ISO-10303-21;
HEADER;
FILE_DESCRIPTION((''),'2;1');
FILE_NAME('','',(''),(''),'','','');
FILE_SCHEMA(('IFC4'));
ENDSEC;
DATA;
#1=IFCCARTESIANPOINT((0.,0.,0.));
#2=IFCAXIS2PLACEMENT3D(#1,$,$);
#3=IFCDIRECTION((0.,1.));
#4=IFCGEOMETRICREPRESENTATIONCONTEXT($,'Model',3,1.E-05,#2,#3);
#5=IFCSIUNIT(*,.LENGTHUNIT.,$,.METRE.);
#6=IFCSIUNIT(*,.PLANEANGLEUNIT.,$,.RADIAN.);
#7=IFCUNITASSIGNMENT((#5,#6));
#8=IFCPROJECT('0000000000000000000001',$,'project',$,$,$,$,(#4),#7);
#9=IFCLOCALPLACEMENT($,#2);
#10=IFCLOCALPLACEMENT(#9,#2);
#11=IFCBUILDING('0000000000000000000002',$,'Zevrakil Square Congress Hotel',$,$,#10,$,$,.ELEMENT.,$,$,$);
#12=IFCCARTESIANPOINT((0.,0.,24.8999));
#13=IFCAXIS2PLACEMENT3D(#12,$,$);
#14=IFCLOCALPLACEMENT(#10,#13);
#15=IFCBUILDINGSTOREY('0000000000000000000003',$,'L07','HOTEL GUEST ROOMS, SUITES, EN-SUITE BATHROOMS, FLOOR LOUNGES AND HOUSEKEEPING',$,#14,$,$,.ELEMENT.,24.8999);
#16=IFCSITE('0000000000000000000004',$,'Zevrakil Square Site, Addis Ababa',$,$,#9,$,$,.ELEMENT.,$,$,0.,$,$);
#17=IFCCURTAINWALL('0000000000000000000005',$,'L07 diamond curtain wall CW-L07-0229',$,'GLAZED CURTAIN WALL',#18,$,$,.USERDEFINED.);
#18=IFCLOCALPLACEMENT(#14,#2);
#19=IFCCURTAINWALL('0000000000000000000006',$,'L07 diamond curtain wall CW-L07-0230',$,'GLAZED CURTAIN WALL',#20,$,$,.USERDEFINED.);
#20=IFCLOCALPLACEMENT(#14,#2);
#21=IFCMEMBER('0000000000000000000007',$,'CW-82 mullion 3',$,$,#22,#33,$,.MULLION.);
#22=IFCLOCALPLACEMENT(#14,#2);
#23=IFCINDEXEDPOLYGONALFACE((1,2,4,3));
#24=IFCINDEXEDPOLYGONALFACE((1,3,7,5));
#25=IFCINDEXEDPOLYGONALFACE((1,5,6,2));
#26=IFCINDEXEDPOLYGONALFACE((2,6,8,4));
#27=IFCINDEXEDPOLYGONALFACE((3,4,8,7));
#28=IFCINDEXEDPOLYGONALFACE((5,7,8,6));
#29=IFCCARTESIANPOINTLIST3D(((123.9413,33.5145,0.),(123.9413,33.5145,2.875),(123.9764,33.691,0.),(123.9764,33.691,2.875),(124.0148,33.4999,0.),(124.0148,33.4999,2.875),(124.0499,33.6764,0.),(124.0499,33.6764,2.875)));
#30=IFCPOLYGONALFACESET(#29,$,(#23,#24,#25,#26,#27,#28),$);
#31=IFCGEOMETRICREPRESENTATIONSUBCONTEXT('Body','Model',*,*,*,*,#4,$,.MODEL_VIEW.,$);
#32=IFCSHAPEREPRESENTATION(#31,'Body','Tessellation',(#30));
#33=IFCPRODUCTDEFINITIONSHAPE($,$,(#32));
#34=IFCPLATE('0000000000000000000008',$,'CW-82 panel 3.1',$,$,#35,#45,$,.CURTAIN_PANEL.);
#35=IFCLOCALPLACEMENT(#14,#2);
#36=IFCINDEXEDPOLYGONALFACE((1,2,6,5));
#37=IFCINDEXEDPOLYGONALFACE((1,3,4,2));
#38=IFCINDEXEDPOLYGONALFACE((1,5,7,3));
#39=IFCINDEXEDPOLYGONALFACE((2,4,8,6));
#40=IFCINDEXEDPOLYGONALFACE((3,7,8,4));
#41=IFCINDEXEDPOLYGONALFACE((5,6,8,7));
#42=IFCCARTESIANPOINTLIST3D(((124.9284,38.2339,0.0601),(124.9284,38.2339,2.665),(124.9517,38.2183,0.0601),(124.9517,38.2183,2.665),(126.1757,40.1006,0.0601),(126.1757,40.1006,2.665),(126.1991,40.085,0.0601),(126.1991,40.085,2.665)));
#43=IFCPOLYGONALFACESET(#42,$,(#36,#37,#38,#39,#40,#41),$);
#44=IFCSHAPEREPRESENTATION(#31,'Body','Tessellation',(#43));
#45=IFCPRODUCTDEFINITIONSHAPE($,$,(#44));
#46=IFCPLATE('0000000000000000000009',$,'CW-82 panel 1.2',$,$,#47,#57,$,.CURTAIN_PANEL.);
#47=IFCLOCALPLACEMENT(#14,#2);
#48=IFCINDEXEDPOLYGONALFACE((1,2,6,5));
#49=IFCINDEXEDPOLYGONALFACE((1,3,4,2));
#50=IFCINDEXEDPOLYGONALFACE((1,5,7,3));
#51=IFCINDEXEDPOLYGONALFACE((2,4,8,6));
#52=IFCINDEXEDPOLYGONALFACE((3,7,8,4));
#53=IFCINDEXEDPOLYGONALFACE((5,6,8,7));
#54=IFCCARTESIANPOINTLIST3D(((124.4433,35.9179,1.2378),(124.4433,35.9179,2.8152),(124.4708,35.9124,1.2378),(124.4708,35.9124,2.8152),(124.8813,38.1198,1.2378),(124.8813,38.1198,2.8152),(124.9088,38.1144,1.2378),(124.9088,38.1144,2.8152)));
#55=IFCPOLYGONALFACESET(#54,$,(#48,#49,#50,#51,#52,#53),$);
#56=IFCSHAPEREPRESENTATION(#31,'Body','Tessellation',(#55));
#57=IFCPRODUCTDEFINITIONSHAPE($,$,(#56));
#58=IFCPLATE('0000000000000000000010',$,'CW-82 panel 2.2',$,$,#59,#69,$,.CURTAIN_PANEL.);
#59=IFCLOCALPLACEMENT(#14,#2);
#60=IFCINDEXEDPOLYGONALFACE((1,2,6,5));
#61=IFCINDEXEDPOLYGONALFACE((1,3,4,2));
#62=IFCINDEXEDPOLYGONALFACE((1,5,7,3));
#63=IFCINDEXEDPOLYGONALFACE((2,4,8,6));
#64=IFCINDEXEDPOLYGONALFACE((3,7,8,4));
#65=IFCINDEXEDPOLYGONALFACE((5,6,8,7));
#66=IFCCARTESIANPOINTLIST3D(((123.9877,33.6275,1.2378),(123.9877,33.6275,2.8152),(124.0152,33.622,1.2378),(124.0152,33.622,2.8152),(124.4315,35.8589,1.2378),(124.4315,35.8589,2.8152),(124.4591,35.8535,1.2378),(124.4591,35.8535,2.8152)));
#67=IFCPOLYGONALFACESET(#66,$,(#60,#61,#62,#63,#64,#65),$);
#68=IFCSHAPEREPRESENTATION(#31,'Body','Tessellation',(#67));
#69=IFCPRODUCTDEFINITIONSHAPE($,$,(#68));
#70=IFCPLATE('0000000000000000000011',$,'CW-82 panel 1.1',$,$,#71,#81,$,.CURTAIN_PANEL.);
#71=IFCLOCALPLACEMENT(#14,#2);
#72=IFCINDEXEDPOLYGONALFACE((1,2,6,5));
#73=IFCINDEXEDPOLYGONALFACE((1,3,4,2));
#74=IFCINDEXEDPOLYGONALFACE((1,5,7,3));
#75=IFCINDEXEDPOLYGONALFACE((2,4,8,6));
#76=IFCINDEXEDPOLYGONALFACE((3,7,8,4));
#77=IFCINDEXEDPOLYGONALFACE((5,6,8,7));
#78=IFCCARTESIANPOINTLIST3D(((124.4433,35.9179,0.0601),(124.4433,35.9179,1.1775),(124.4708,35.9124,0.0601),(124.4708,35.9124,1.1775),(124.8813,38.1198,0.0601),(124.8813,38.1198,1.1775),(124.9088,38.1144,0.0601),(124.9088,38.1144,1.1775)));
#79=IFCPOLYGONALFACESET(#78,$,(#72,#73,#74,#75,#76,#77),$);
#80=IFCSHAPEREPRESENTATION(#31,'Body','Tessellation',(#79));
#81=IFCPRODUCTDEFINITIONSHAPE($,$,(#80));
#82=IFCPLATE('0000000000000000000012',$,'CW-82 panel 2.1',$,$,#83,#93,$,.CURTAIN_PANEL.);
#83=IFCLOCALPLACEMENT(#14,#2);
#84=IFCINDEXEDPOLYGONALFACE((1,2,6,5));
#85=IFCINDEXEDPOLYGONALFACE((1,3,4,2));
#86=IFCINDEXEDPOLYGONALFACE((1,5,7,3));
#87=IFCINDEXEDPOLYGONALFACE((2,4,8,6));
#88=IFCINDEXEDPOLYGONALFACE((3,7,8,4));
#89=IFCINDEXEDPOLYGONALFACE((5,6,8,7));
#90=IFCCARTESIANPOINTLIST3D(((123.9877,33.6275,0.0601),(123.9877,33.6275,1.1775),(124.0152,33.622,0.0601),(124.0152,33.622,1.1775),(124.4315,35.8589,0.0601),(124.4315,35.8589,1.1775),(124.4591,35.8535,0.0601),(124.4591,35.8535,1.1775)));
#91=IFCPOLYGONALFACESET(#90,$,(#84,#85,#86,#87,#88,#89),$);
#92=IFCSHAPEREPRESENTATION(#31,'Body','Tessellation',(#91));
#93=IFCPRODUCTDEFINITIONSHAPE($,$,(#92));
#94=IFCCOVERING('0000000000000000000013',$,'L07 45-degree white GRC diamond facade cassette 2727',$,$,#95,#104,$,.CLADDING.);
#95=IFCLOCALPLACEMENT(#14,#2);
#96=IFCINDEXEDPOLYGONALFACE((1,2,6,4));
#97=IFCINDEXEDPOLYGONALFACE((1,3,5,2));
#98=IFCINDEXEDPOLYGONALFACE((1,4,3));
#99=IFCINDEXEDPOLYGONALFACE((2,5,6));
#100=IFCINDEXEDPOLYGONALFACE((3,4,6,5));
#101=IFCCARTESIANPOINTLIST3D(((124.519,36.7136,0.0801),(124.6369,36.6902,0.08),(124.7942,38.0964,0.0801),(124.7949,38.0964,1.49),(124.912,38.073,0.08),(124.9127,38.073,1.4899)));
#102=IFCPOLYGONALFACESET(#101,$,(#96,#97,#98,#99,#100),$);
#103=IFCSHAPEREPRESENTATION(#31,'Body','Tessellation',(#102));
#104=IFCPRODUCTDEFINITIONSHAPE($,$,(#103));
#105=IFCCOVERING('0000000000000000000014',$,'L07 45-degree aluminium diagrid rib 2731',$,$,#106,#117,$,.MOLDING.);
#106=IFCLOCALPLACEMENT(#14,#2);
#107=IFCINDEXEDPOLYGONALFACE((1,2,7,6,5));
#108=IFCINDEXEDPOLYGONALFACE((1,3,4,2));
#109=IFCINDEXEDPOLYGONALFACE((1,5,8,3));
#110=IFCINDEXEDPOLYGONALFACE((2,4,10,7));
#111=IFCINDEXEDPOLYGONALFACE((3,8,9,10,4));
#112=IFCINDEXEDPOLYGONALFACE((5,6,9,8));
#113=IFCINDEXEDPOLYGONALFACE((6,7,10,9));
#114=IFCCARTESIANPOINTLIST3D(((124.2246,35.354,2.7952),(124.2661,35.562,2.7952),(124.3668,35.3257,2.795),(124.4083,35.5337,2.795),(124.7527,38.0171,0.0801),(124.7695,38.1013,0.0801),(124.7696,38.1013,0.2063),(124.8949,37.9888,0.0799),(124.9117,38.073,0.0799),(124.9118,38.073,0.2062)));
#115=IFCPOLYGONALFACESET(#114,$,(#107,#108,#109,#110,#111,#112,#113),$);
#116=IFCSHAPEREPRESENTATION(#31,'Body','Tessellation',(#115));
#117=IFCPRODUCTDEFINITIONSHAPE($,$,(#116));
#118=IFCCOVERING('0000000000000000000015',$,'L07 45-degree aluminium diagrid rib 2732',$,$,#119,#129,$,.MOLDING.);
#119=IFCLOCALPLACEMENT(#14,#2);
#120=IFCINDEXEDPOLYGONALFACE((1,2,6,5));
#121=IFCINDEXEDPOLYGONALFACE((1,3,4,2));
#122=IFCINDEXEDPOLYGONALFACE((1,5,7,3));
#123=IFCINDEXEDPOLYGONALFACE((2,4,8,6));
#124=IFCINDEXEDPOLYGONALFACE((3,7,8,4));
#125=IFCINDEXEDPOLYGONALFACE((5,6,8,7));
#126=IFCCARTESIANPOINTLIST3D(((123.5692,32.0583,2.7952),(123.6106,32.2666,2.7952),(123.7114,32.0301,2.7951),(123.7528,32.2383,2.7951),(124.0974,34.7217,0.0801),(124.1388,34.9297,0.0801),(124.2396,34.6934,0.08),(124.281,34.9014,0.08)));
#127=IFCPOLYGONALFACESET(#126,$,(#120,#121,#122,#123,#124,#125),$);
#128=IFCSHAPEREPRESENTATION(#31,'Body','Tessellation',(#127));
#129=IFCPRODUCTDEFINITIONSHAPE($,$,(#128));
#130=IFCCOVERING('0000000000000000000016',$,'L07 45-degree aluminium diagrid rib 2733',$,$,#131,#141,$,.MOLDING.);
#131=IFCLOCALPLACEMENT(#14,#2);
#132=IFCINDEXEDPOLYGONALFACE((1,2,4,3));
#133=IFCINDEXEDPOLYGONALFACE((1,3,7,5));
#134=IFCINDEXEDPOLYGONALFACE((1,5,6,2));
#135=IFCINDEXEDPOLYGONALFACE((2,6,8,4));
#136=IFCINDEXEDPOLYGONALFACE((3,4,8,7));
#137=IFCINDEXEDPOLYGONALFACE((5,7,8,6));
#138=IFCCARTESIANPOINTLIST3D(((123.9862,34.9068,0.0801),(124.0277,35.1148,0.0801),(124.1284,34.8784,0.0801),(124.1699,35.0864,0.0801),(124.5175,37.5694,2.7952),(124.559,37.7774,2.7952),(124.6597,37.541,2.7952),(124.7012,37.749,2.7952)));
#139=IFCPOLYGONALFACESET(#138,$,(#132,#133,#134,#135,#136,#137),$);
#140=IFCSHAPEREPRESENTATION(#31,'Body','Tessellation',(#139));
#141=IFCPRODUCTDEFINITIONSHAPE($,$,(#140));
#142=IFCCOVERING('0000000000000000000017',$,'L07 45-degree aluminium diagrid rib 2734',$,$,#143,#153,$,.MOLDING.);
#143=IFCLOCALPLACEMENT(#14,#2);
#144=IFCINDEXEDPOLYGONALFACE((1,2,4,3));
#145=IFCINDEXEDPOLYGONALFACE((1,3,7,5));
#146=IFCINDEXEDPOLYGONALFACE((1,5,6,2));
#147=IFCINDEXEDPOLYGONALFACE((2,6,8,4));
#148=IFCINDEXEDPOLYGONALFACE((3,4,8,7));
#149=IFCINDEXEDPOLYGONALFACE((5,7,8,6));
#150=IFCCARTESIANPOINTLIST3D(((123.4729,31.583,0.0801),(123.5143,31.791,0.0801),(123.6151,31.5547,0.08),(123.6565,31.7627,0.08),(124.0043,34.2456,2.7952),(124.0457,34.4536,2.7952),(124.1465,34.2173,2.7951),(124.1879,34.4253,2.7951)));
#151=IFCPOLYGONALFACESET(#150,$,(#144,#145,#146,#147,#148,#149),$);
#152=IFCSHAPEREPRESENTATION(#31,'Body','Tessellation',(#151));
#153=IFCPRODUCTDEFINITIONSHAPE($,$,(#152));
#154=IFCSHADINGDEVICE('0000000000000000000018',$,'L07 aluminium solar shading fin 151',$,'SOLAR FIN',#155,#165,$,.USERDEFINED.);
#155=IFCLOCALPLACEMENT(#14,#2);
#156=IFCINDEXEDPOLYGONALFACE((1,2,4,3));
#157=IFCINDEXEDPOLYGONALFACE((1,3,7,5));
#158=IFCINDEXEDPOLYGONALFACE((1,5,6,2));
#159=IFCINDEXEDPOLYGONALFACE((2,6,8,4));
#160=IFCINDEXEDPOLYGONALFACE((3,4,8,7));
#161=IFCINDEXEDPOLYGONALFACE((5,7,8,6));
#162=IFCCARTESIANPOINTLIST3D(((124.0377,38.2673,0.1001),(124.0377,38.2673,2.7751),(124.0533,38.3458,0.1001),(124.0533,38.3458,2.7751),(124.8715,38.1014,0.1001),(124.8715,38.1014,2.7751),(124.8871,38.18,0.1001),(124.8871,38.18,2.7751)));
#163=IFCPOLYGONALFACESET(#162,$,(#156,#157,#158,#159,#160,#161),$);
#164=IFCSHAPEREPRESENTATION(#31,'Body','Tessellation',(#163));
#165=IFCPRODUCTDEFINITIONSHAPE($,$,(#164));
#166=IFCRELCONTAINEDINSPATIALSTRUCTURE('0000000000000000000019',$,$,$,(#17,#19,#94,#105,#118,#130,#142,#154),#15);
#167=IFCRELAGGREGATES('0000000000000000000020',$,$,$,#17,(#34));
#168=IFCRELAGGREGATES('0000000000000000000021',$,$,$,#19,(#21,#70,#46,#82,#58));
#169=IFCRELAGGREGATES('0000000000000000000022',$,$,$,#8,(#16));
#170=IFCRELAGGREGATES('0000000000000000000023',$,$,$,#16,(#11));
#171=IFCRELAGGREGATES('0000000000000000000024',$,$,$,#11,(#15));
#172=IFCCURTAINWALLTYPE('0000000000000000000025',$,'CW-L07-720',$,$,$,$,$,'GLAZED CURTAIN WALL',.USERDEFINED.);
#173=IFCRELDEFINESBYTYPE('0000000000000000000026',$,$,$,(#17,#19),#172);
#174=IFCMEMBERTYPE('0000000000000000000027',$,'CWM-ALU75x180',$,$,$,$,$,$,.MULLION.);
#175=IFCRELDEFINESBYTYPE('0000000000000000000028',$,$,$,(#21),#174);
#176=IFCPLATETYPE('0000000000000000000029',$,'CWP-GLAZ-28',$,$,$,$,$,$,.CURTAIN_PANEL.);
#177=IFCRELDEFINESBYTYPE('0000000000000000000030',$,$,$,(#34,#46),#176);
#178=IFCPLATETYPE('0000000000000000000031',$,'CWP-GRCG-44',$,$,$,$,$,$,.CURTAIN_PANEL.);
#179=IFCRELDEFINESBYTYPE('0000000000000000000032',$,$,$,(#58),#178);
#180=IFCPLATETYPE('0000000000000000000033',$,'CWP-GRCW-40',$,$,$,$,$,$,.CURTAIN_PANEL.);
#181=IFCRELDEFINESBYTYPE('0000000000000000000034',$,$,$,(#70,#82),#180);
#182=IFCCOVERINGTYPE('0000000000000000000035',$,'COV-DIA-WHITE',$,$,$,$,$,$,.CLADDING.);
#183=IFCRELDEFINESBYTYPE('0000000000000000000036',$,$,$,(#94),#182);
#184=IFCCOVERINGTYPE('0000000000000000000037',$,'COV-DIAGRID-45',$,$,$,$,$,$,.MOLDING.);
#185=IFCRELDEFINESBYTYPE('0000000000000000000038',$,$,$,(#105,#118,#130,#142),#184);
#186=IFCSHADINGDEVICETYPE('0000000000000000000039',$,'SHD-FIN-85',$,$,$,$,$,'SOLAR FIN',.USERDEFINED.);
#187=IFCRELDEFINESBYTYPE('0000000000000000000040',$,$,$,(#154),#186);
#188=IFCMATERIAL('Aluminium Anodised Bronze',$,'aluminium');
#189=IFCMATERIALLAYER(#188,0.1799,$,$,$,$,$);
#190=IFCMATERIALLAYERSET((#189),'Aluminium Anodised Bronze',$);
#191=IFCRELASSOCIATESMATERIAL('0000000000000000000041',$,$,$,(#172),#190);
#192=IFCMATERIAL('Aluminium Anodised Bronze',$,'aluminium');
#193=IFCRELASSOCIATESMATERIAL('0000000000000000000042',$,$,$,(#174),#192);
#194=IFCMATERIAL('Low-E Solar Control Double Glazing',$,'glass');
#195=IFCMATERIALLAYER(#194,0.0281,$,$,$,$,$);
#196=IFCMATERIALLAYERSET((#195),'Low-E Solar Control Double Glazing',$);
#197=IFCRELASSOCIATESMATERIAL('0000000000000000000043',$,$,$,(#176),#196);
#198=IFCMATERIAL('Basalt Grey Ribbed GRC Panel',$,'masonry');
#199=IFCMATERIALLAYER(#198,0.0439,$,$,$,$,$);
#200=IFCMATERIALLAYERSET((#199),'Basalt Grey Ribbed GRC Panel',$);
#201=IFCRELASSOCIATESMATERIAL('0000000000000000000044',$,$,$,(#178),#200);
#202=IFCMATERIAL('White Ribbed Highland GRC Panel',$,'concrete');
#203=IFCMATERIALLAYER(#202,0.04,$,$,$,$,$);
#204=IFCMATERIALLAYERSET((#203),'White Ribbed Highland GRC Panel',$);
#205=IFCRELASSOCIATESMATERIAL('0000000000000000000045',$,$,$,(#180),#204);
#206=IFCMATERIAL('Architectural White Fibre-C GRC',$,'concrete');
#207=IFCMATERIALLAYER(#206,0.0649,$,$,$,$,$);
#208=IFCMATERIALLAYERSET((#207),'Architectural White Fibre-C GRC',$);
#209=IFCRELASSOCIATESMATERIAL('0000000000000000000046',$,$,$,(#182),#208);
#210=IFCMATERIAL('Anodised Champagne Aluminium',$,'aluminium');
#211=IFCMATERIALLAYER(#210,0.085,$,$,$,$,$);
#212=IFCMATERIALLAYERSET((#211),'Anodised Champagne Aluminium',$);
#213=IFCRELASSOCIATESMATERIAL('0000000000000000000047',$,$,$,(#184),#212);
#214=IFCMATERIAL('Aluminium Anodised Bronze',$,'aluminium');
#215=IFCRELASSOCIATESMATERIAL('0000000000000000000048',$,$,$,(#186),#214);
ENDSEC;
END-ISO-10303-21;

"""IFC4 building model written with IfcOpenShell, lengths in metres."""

from ifc_helpers import new_model, si_unit, direction, frame, origin, origin_2d, place, context, subcontext, project, spatial, polyline, rectangle, outline, extrude, material, layer, layer_set, material_profile, profile_set, type_object, element, aggregate, save


model = new_model("IFC4")

# Units and contexts
model_context = context("Model", 3, precision=1e-05, world=origin(), true_north=direction((0.0, 1.0)))
body_context = subcontext(model_context, "Body", "Model", "MODEL_VIEW")
ifc_project = project(units=[si_unit("LENGTHUNIT", "METRE"), si_unit("PLANEANGLEUNIT", "RADIAN")], contexts=[model_context])

# Site, building, storey
site_placement = place(None, origin())
site = spatial("IfcSite", under=ifc_project, at=site_placement, Name="Zevrakil Square Site, Addis Ababa", CompositionType="ELEMENT", RefElevation=0.0)
building_placement = place(site_placement, origin())
building = spatial("IfcBuilding", under=site, at=building_placement, Name="Zevrakil Square Congress Hotel", CompositionType="ELEMENT")
storey_placement = place(building_placement, frame((0.0, 0.0, 24.8999)))
storey = spatial("IfcBuildingStorey", under=building, at=storey_placement, Name="L07", Description="HOTEL GUEST ROOMS, SUITES, EN-SUITE BATHROOMS, FLOOR LOUNGES AND HOUSEKEEPING", CompositionType="ELEMENT", Elevation=24.8999)

# Curtain walls
ifc_material_1 = material(Name="Aluminium Anodised Bronze", Category="aluminium")
ifc_layer_1 = layer(ifc_material_1, 0.1799)
ifc_layer_set_1 = layer_set([ifc_layer_1], Name="Aluminium Anodised Bronze")
curtain_wall_type = type_object("IfcCurtainWallType", Name="CW-L07-720", ElementType="GLAZED CURTAIN WALL", PredefinedType="USERDEFINED", material=ifc_layer_set_1)
curtain_wall_1_placement = place(storey_placement, origin())
curtain_wall_1 = element("IfcCurtainWall", 1, at=curtain_wall_1_placement, inside=storey, type_object=curtain_wall_type, Name="L07 diamond curtain wall CW-L07-0229", ObjectType="GLAZED CURTAIN WALL", PredefinedType="USERDEFINED")
curtain_wall_2_placement = place(storey_placement, origin())
curtain_wall_2 = element("IfcCurtainWall", 2, at=curtain_wall_2_placement, inside=storey, type_object=curtain_wall_type, Name="L07 diamond curtain wall CW-L07-0230", ObjectType="GLAZED CURTAIN WALL", PredefinedType="USERDEFINED")

# Member
ifc_material_2 = material(Name="Aluminium Anodised Bronze", Category="aluminium")
ifc_material_profile_1 = material_profile(ifc_material_2, rectangle(XDim=0.075, YDim=0.1799, at=origin_2d()), Name="ALU 75x180")
ifc_profile_set_1 = profile_set([ifc_material_profile_1], Name="Aluminium Anodised Bronze")
member_type_1 = type_object("IfcMemberType", Name="CWM-ALU75x180", PredefinedType="MULLION", material=ifc_profile_set_1)
member_1_placement = place(storey_placement, frame((123.9956, 33.5955, 0.0), z_axis=(0.0, 0.0, 1.0), x_axis=(0.980787, -0.195084, 0.0)))
member_1 = element("IfcMember", 3, at=member_1_placement, type_object=member_type_1, Name="CW-82 mullion 3", PredefinedType="MULLION", context=body_context, shape_type="SweptSolid", body=[
    extrude(rectangle(XDim=0.075, YDim=0.1799, at=origin_2d()), origin(), (0.0, 0.0, 1.0), 2.875),
])

# Plates
ifc_material_3 = material(Name="Low-E Solar Control Double Glazing", Category="glass")
ifc_layer_2 = layer(ifc_material_3, 0.0281)
ifc_layer_set_2 = layer_set([ifc_layer_2], Name="Low-E Solar Control Double Glazing")
plate_type_1 = type_object("IfcPlateType", Name="CWP-GLAZ-28", PredefinedType="CURTAIN_PANEL", material=ifc_layer_set_2)
plate_1_placement = place(storey_placement, frame((125.5637, 39.1594, 0.0601), z_axis=(0.0, 0.0, 1.0), x_axis=(-0.555576, -0.831466, 0.0)))
plate_1 = element("IfcPlate", 4, at=plate_1_placement, type_object=plate_type_1, Name="CW-82 panel 3.1", PredefinedType="CURTAIN_PANEL", context=body_context, shape_type="SweptSolid", body=[
    extrude(rectangle(XDim=2.2451, YDim=0.0281, at=origin_2d()), origin(), (0.0, 0.0, 1.0), 2.605),
])
aggregate(curtain_wall_1, [plate_1])
plate_2_placement = place(storey_placement, frame((124.676, 37.0161, 1.2378), z_axis=(0.0, 0.0, 1.0), x_axis=(-0.195084, -0.980787, 0.0)))
plate_2 = element("IfcPlate", 5, at=plate_2_placement, type_object=plate_type_1, Name="CW-82 panel 1.2", PredefinedType="CURTAIN_PANEL", context=body_context, shape_type="SweptSolid", body=[
    extrude(rectangle(XDim=2.2451, YDim=0.0281, at=origin_2d()), origin(), (0.0, 0.0, 1.0), 1.5774),
])
ifc_material_4 = material(Name="Basalt Grey Ribbed GRC Panel", Category="masonry")
ifc_layer_3 = layer(ifc_material_4, 0.0439)
ifc_layer_set_3 = layer_set([ifc_layer_3], Name="Basalt Grey Ribbed GRC Panel")
plate_type_2 = type_object("IfcPlateType", Name="CWP-GRCG-44", PredefinedType="CURTAIN_PANEL", material=ifc_layer_set_3)
plate_3_placement = place(storey_placement, frame((124.2234, 34.7405, 1.2378), z_axis=(0.0, 0.0, 1.0), x_axis=(-0.195084, -0.980787, 0.0)))
plate_3 = element("IfcPlate", 6, at=plate_3_placement, type_object=plate_type_2, Name="CW-82 panel 2.2", PredefinedType="CURTAIN_PANEL", context=body_context, shape_type="SweptSolid", body=[
    extrude(rectangle(XDim=2.2751, YDim=0.0281, at=origin_2d()), origin(), (0.0, 0.0, 1.0), 1.5774),
])
ifc_material_5 = material(Name="White Ribbed Highland GRC Panel", Category="concrete")
ifc_layer_4 = layer(ifc_material_5, 0.04)
ifc_layer_set_4 = layer_set([ifc_layer_4], Name="White Ribbed Highland GRC Panel")
plate_type_3 = type_object("IfcPlateType", Name="CWP-GRCW-40", PredefinedType="CURTAIN_PANEL", material=ifc_layer_set_4)
plate_4_placement = place(storey_placement, frame((124.676, 37.0161, 0.0601), z_axis=(0.0, 0.0, 1.0), x_axis=(-0.195084, -0.980787, 0.0)))
plate_4 = element("IfcPlate", 7, at=plate_4_placement, type_object=plate_type_3, Name="CW-82 panel 1.1", PredefinedType="CURTAIN_PANEL", context=body_context, shape_type="SweptSolid", body=[
    extrude(rectangle(XDim=2.2451, YDim=0.0281, at=origin_2d()), origin(), (0.0, 0.0, 1.0), 1.1174),
])
plate_5_placement = place(storey_placement, frame((124.2234, 34.7405, 0.0601), z_axis=(0.0, 0.0, 1.0), x_axis=(-0.195084, -0.980787, 0.0)))
plate_5 = element("IfcPlate", 8, at=plate_5_placement, type_object=plate_type_3, Name="CW-82 panel 2.1", PredefinedType="CURTAIN_PANEL", context=body_context, shape_type="SweptSolid", body=[
    extrude(rectangle(XDim=2.2751, YDim=0.0281, at=origin_2d()), origin(), (0.0, 0.0, 1.0), 1.1174),
])
aggregate(curtain_wall_2, [member_1, plate_4, plate_2, plate_5, plate_3])

# Coverings
ifc_material_6 = material(Name="Architectural White Fibre-C GRC", Category="concrete")
ifc_layer_5 = layer(ifc_material_6, 0.0649)
ifc_layer_set_5 = layer_set([ifc_layer_5], Name="Architectural White Fibre-C GRC")
covering_type_1 = type_object("IfcCoveringType", Name="COV-DIA-WHITE", PredefinedType="CLADDING", material=ifc_layer_set_5)
covering_1_placement = place(storey_placement, frame((124.519, 36.7136, 0.0801), z_axis=(-0.980773, 0.19515, 0.000509), x_axis=(0.19515, 0.980773, 0.0)))
element("IfcCovering", 9, at=covering_1_placement, inside=storey, type_object=covering_type_1, Name="L07 45-degree white GRC diamond facade cassette 2727", PredefinedType="CLADDING", context=body_context, shape_type="SweptSolid", body=[
    extrude(outline(polyline([(0.0, 0.0), (1.4099, 0.0), (1.4101, -1.4099), (0.0, 0.0)])), origin(), (0.0, 0.0, -1.0), 0.1201),
])
ifc_material_7 = material(Name="Anodised Champagne Aluminium", Category="aluminium")
ifc_layer_6 = layer(ifc_material_7, 0.085)
ifc_layer_set_6 = layer_set([ifc_layer_6], Name="Anodised Champagne Aluminium")
covering_type_2 = type_object("IfcCoveringType", Name="COV-DIAGRID-45", PredefinedType="MOLDING", material=ifc_layer_set_6)
covering_2_placement = place(storey_placement, frame((124.7527, 38.0171, 0.0801), z_axis=(-0.98072, 0.195417, 0.000932), x_axis=(0.195417, 0.98072, 0.000001)))
element("IfcCovering", 10, at=covering_2_placement, inside=storey, type_object=covering_type_2, Name="L07 45-degree aluminium diagrid rib 2731", PredefinedType="MOLDING", context=body_context, shape_type="SweptSolid", body=[
    extrude(outline(polyline([(0.0, 0.0), (0.0859, 0.0), (0.0859, -0.1262), (-2.5028, -2.7151), (-2.7149, -2.7151), (0.0, 0.0)])), origin(), (0.0, 0.0, -1.0), 0.145),
])
covering_3_placement = place(storey_placement, frame((124.0974, 34.7217, 0.0801), z_axis=(-0.980801, 0.19501, 0.000477), x_axis=(0.19501, 0.980801, 0.0)))
element("IfcCovering", 11, at=covering_3_placement, inside=storey, type_object=covering_type_2, Name="L07 45-degree aluminium diagrid rib 2732", PredefinedType="MOLDING", context=body_context, shape_type="SweptSolid", body=[
    extrude(outline(polyline([(0.0, 0.0), (0.2121, 0.0), (-2.5029, -2.7151), (-2.7152, -2.7151), (0.0, 0.0)])), origin(), (0.0, 0.0, -1.0), 0.145),
])
covering_4_placement = place(storey_placement, frame((124.7012, 37.749, 2.7952), z_axis=(0.980669, -0.195673, 0.000007), x_axis=(-0.195673, -0.980669, 0.0)))
element("IfcCovering", 12, at=covering_4_placement, inside=storey, type_object=covering_type_2, Name="L07 45-degree aluminium diagrid rib 2733", PredefinedType="MOLDING", context=body_context, shape_type="SweptSolid", body=[
    extrude(outline(polyline([(0.0, 0.0), (0.2121, 0.0), (2.9272, 2.7151), (2.7151, 2.7151), (0.0, 0.0)])), origin(), (0.0, 0.0, -1.0), 0.145),
])
covering_5_placement = place(storey_placement, frame((124.0457, 34.4536, 2.7952), z_axis=(-0.980779, 0.19512, 0.000602), x_axis=(-0.19512, -0.980779, 0.0)))
element("IfcCovering", 13, at=covering_5_placement, inside=storey, type_object=covering_type_2, Name="L07 45-degree aluminium diagrid rib 2734", PredefinedType="MOLDING", context=body_context, shape_type="SweptSolid", body=[
    extrude(outline(polyline([(0.0, 0.0), (0.2121, 0.0), (2.9272, -2.7151), (2.7151, -2.7151), (0.0, 0.0)])), origin(), (0.0, 0.0, -1.0), 0.145),
])

# Shading device
ifc_material_8 = material(Name="Aluminium Anodised Bronze", Category="aluminium")
shading_device_type = type_object("IfcShadingDeviceType", Name="SHD-FIN-85", ElementType="SOLAR FIN", PredefinedType="USERDEFINED", material=ifc_material_8)
shading_device_placement = place(storey_placement, frame((124.4624, 38.2236, 0.1001), z_axis=(0.0, 0.0, 1.0), x_axis=(-0.980785, 0.19509, 0.0)))
element("IfcShadingDevice", 14, at=shading_device_placement, inside=storey, type_object=shading_device_type, Name="L07 aluminium solar shading fin 151", ObjectType="SOLAR FIN", PredefinedType="USERDEFINED", context=body_context, shape_type="SweptSolid", body=[
    extrude(rectangle(XDim=0.8501, YDim=0.0801, at=origin_2d()), origin(), (0.0, 0.0, 1.0), 2.675),
])

save(model, "model.ifc")
